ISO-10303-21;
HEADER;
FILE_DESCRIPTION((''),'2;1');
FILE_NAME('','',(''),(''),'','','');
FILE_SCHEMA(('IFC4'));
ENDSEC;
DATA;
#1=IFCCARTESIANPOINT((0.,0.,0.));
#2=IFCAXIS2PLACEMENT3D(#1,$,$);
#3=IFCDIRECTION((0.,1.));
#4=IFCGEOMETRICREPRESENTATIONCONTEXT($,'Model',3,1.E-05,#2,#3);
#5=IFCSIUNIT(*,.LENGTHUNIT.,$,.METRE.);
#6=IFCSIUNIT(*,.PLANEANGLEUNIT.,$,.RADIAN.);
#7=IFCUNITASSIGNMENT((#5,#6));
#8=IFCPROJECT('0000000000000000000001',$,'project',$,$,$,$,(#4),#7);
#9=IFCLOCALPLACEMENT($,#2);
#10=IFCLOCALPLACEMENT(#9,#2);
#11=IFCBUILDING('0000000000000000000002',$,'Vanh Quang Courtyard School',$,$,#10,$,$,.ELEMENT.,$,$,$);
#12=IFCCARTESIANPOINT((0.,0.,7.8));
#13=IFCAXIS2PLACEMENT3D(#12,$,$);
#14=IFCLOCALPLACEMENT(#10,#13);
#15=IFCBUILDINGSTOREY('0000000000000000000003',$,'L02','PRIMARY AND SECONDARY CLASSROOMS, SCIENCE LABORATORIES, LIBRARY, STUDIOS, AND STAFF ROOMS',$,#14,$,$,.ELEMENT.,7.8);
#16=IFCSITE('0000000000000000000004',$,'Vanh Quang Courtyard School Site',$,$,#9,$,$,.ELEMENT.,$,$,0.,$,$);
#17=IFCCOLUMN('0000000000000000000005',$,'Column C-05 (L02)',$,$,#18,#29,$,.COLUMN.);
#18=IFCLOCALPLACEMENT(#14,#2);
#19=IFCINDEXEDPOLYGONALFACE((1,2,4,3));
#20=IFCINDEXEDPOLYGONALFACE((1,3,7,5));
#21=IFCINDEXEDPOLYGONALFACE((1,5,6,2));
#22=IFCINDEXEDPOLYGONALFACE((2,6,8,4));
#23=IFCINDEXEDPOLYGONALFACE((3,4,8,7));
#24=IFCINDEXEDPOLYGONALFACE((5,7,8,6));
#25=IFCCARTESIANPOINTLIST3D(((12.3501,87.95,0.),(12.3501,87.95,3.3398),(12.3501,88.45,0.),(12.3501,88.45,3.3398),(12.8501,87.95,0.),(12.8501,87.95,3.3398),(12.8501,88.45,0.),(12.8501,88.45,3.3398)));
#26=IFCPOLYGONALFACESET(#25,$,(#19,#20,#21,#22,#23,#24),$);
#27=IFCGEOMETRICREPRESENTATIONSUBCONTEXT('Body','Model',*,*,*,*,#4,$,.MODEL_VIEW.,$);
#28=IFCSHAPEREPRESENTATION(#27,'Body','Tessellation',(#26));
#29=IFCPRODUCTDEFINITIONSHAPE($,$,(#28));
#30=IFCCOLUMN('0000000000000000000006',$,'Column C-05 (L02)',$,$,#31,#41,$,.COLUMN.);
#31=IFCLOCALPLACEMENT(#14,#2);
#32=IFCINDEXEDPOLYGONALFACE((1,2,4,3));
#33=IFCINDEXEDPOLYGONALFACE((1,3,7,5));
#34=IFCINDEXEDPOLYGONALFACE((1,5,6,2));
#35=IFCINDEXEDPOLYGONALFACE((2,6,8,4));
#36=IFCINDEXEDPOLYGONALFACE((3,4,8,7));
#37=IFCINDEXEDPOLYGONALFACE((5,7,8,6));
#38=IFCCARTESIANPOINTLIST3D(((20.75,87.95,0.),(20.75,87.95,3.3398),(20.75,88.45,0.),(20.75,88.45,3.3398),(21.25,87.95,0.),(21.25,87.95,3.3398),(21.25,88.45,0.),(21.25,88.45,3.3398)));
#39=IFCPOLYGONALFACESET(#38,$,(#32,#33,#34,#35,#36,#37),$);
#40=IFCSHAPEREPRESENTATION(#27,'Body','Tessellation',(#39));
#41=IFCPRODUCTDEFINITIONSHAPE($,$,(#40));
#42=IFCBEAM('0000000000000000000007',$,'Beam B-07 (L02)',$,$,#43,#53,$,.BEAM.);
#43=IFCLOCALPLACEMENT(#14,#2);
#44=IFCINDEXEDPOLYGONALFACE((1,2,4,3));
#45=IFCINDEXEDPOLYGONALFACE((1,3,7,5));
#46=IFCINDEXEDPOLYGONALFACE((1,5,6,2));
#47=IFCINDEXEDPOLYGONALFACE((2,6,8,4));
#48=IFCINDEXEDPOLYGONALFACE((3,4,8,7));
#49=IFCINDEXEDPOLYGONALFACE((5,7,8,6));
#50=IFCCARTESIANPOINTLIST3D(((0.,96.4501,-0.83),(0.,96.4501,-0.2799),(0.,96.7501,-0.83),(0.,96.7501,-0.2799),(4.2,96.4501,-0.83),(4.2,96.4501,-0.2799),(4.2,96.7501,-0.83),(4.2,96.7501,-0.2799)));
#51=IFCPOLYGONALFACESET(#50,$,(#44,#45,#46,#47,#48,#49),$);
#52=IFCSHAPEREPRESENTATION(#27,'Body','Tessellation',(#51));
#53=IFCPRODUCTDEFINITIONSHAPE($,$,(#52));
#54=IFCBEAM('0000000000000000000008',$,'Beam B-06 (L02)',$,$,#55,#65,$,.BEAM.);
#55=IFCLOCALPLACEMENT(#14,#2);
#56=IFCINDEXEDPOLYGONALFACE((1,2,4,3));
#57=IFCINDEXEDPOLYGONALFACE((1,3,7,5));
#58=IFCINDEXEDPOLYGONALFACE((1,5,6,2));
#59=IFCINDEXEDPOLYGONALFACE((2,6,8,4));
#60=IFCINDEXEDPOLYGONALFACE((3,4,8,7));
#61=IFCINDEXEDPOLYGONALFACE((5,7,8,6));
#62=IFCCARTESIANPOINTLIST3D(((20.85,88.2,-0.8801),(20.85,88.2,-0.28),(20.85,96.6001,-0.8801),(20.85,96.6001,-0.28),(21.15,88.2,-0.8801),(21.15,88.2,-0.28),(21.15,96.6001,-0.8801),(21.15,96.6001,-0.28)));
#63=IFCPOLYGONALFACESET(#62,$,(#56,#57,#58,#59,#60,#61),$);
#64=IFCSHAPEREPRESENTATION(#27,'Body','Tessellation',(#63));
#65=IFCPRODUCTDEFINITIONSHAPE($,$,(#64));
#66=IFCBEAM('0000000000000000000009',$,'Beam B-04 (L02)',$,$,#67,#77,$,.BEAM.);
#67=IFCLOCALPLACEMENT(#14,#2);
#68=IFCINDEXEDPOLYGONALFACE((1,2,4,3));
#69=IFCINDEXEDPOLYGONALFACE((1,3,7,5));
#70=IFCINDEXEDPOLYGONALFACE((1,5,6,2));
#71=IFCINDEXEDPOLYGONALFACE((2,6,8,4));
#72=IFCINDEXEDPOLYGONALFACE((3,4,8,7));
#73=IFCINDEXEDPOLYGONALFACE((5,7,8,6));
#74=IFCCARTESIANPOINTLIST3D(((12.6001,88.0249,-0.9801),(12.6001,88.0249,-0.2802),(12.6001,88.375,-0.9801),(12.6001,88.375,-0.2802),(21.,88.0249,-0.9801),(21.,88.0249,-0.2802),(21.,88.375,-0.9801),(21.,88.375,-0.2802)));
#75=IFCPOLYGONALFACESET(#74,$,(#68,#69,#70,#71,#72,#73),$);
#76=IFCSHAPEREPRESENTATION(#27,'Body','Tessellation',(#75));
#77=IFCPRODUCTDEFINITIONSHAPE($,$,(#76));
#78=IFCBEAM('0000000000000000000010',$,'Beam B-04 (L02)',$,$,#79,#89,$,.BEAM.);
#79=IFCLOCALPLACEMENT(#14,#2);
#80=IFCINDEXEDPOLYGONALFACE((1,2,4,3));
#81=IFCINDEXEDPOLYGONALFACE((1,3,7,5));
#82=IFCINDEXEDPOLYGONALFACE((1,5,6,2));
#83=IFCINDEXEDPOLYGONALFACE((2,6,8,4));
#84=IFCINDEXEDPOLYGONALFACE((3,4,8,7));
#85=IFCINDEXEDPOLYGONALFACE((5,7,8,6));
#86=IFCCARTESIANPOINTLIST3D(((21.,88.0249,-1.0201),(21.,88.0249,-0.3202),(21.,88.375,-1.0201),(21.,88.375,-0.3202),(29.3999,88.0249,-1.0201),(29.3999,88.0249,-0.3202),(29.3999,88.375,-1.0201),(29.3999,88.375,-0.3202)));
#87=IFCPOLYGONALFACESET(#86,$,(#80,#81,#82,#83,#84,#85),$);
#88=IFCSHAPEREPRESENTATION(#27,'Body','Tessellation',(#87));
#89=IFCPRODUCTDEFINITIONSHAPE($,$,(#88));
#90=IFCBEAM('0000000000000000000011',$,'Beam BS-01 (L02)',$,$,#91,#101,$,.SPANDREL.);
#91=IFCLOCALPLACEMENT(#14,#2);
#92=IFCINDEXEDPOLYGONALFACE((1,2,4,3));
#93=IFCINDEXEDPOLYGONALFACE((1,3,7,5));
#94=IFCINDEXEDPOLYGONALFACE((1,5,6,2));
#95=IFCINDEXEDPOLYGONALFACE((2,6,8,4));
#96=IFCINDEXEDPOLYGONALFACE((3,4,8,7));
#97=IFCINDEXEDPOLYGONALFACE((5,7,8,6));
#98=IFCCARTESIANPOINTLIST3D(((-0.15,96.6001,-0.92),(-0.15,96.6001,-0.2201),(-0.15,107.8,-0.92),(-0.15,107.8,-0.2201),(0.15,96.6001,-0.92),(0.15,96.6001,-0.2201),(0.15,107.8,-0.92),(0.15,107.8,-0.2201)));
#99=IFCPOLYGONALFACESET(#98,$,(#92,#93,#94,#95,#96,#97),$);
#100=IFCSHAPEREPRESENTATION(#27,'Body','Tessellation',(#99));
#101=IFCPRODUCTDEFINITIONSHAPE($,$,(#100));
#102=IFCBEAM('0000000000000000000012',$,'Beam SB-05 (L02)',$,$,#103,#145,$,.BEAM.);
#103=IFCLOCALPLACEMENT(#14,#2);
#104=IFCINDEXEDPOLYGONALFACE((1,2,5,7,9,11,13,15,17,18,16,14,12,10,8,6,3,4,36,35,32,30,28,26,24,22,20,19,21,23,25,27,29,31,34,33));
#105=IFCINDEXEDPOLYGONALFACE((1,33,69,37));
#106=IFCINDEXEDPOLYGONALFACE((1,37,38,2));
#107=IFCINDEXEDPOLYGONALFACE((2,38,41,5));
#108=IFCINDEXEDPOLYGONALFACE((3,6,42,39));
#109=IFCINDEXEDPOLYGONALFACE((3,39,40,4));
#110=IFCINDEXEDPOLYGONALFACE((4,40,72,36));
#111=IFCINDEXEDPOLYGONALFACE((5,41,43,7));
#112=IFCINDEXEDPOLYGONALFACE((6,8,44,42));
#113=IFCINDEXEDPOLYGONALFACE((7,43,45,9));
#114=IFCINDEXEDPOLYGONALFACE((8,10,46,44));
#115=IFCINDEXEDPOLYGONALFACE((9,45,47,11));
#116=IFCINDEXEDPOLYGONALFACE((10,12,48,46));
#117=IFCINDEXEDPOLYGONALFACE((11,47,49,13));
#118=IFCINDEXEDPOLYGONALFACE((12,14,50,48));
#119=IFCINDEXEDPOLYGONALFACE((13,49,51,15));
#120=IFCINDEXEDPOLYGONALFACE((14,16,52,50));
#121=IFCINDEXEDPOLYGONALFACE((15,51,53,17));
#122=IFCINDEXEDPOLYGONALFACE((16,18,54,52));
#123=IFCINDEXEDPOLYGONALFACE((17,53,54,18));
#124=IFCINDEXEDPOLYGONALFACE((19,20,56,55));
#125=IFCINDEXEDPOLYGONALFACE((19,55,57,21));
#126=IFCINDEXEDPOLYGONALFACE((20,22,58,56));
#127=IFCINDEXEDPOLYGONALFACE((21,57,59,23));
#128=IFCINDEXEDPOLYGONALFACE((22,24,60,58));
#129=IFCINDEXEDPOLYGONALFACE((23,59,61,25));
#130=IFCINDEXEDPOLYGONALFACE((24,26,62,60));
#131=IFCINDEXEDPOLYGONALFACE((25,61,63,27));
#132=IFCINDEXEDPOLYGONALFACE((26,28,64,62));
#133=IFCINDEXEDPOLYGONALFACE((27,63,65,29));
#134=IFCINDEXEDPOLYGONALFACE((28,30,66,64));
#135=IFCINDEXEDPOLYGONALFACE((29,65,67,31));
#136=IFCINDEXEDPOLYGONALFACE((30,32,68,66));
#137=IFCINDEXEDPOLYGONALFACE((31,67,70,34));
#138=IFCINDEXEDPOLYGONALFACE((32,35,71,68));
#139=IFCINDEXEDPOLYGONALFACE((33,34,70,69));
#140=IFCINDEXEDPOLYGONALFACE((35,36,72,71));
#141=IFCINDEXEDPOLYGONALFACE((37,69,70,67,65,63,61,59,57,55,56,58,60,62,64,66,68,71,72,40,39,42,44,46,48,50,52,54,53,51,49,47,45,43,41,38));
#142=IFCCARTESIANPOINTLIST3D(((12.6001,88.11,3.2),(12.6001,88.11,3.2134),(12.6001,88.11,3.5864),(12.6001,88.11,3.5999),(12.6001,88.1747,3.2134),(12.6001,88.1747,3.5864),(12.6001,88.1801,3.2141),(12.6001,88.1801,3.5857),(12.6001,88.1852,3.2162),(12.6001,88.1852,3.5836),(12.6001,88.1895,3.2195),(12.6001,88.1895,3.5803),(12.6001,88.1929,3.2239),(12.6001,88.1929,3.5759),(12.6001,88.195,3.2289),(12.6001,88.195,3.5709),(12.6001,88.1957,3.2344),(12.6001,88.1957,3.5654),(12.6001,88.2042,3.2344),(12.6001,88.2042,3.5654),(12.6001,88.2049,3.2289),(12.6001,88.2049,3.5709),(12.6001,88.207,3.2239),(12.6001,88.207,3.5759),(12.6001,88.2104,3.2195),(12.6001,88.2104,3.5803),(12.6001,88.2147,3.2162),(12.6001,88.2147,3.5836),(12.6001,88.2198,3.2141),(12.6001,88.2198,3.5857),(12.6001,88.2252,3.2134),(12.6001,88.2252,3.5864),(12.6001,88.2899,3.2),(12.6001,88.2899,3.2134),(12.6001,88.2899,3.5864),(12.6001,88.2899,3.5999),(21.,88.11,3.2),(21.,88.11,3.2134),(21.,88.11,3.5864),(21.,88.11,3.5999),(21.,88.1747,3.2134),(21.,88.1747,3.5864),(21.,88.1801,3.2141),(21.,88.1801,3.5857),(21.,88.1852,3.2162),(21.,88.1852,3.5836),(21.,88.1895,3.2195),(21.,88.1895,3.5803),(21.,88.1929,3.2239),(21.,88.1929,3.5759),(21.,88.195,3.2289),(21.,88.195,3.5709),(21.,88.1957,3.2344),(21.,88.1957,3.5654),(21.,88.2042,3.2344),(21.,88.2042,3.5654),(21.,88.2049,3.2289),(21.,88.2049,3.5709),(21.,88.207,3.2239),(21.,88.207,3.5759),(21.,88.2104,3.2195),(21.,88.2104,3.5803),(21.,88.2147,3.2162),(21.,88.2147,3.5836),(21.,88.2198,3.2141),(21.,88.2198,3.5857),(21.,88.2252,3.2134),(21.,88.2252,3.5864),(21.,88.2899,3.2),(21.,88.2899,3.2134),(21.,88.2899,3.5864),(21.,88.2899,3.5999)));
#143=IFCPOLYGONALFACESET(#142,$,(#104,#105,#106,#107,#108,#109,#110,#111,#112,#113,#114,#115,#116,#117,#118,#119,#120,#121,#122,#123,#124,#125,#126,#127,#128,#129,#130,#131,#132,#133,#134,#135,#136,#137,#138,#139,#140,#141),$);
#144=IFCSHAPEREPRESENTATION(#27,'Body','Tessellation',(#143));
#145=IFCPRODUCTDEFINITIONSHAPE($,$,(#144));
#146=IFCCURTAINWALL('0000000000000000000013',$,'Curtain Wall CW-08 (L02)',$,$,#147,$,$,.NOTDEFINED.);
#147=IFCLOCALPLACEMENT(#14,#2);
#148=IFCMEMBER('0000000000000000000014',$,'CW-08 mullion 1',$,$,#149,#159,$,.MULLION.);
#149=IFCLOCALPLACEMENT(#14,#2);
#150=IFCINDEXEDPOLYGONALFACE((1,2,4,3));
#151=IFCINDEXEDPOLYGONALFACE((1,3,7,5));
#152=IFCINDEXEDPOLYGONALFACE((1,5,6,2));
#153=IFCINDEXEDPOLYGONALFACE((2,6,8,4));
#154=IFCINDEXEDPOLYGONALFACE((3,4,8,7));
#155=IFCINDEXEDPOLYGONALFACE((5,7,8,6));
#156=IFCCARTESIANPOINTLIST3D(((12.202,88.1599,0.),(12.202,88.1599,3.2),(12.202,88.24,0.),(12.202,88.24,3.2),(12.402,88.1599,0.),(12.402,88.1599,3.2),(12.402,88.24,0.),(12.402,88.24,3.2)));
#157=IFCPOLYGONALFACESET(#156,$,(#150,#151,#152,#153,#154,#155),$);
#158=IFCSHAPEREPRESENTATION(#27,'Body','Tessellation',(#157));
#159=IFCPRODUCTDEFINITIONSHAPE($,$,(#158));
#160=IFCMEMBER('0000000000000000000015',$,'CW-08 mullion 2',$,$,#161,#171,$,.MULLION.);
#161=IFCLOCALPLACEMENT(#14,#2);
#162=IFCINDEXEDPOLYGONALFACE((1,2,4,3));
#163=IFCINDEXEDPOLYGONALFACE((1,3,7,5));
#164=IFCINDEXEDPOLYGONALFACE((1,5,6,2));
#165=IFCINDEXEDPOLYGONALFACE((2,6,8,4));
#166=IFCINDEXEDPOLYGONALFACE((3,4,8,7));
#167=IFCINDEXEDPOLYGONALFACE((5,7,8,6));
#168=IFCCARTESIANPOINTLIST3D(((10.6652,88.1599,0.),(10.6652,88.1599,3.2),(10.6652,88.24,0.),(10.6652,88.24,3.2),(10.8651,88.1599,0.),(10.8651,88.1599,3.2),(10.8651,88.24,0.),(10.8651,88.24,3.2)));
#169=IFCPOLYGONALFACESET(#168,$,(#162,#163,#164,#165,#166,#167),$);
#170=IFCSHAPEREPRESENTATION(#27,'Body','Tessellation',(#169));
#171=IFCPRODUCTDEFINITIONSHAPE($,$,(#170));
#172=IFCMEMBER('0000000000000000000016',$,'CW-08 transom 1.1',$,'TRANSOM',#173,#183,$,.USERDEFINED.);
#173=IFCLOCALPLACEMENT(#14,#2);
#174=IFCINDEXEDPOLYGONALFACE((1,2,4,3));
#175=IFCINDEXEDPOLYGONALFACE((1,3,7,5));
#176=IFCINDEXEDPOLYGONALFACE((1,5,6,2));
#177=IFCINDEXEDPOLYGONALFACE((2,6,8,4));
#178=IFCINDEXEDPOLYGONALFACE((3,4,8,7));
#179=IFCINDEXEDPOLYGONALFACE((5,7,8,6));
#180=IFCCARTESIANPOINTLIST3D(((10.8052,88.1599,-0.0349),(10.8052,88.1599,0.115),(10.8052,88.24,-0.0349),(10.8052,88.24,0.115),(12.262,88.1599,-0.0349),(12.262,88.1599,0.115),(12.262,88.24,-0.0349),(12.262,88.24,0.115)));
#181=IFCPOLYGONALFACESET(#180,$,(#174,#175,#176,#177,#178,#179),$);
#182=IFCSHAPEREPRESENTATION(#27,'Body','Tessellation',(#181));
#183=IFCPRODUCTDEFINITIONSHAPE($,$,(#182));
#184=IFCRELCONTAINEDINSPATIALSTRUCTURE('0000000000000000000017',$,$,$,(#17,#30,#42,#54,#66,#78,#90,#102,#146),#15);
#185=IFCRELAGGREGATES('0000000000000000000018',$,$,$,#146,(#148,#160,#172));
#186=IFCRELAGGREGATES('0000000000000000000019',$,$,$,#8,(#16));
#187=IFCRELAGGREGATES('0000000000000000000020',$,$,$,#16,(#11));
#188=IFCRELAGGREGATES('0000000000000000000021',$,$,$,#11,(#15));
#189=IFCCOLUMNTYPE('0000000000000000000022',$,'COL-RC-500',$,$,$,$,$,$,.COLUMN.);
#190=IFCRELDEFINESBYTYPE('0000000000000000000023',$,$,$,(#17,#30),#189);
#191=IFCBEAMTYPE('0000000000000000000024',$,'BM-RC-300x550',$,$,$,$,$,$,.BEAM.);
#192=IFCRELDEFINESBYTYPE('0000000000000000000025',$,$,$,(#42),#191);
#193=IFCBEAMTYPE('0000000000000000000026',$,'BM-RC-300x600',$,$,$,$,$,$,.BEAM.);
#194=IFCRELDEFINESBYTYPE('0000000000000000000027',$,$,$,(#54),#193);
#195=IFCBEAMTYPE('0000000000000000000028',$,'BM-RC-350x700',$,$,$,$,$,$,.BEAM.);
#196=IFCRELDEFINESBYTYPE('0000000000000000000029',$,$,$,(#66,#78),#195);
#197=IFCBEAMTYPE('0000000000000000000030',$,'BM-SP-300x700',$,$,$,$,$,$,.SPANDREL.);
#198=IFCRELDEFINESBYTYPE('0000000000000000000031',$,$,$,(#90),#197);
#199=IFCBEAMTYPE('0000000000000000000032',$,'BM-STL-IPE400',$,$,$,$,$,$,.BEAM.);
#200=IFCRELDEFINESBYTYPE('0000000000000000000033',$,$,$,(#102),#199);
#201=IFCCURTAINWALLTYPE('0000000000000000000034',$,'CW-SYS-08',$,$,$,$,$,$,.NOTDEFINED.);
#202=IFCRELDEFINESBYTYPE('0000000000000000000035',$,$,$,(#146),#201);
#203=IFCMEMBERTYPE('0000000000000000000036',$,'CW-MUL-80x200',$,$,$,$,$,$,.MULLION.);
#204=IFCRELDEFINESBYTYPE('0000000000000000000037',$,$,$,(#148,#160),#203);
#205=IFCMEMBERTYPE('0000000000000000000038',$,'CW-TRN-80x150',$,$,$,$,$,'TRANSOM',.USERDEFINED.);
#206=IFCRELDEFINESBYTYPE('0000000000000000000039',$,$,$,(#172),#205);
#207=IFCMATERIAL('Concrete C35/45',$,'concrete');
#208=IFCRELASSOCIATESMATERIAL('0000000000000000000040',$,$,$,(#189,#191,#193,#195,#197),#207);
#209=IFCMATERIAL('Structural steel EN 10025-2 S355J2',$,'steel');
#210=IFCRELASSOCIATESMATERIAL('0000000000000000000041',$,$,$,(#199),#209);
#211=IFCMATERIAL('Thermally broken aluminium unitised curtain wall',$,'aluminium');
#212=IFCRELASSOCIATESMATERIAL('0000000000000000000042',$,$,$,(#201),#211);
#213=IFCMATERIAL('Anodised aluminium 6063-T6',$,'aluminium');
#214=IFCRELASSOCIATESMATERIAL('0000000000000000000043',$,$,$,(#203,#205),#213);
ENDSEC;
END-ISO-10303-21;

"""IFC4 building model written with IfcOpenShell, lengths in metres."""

from ifc_helpers import new_model, si_unit, direction, frame, origin, origin_2d, place, context, subcontext, project, spatial, rectangle, i_section, extrude, material, material_profile, profile_set, type_object, element, aggregate, save


model = new_model("IFC4")

# Units and contexts
model_context = context("Model", 3, precision=1e-05, world=origin(), true_north=direction((0.0, 1.0)))
body_context = subcontext(model_context, "Body", "Model", "MODEL_VIEW")
ifc_project = project(units=[si_unit("LENGTHUNIT", "METRE"), si_unit("PLANEANGLEUNIT", "RADIAN")], contexts=[model_context])

# Site, building, storey
site_placement = place(None, origin())
site = spatial("IfcSite", under=ifc_project, at=site_placement, Name="Vanh Quang Courtyard School Site", CompositionType="ELEMENT", RefElevation=0.0)
building_placement = place(site_placement, origin())
building = spatial("IfcBuilding", under=site, at=building_placement, Name="Vanh Quang Courtyard School", CompositionType="ELEMENT")
storey_placement = place(building_placement, frame((0.0, 0.0, 7.8)))
storey = spatial("IfcBuildingStorey", under=building, at=storey_placement, Name="L02", Description="PRIMARY AND SECONDARY CLASSROOMS, SCIENCE LABORATORIES, LIBRARY, STUDIOS, AND STAFF ROOMS", CompositionType="ELEMENT", Elevation=7.8)

# Columns
ifc_material_1 = material(Name="Concrete C35/45", Category="concrete")
ifc_material_profile_1 = material_profile(ifc_material_1, rectangle(XDim=0.5, YDim=0.5, at=origin_2d()), Name="RC-COL 500x500")
ifc_profile_set_1 = profile_set([ifc_material_profile_1], Name="Concrete C35/45")
column_type = type_object("IfcColumnType", Name="COL-RC-500", PredefinedType="COLUMN", material=ifc_profile_set_1)
for number, where, z_axis, x_axis, name in (
    (1, (12.6001, 88.2, 0.0), (0.0, 0.0, 1.0), (1.0, 0.0, 0.0), "Column C-05 (L02)"),
    (2, (21.0, 88.2, 0.0), (0.0, 0.0, 1.0), (1.0, 0.0, 0.0), "Column C-05 (L02)"),
):
    element("IfcColumn", number, at=place(storey_placement, frame(where, z_axis=z_axis, x_axis=x_axis)), inside=storey, type_object=column_type, Name=name, PredefinedType="COLUMN", context=body_context, shape_type="SweptSolid", body=[
        extrude(rectangle(XDim=0.5, YDim=0.5, at=origin_2d()), origin(), (0.0, 0.0, 1.0), 3.3398),
    ])

# Beams
ifc_material_profile_2 = material_profile(ifc_material_1, rectangle(XDim=0.3, YDim=0.55, at=origin_2d()), Name="RC-BM 300x550")
ifc_profile_set_2 = profile_set([ifc_material_profile_2], Name="Concrete C35/45")
beam_type_1 = type_object("IfcBeamType", Name="BM-RC-300x550", PredefinedType="BEAM", material=ifc_profile_set_2)
beam_1_placement = place(storey_placement, frame((0.0, 96.6001, -0.5549), z_axis=(1.0, 0.0, 0.0), x_axis=(0.0, 1.0, 0.0)))
element("IfcBeam", 3, at=beam_1_placement, inside=storey, type_object=beam_type_1, Name="Beam B-07 (L02)", PredefinedType="BEAM", context=body_context, shape_type="SweptSolid", body=[
    extrude(rectangle(XDim=0.3, YDim=0.55, at=origin_2d()), origin(), (0.0, 0.0, 1.0), 4.2),
])
ifc_material_profile_3 = material_profile(ifc_material_1, rectangle(XDim=0.3, YDim=0.6001, at=origin_2d()), Name="RC-BM 300x600")
ifc_profile_set_3 = profile_set([ifc_material_profile_3], Name="Concrete C35/45")
beam_type_2 = type_object("IfcBeamType", Name="BM-RC-300x600", PredefinedType="BEAM", material=ifc_profile_set_3)
beam_2_placement = place(storey_placement, frame((21.0, 88.2, -0.5801), z_axis=(0.0, 1.0, 0.0), x_axis=(-1.0, 0.0, 0.0)))
element("IfcBeam", 4, at=beam_2_placement, inside=storey, type_object=beam_type_2, Name="Beam B-06 (L02)", PredefinedType="BEAM", context=body_context, shape_type="SweptSolid", body=[
    extrude(rectangle(XDim=0.3, YDim=0.6001, at=origin_2d()), origin(), (0.0, 0.0, 1.0), 8.4001),
])
ifc_material_profile_4 = material_profile(ifc_material_1, rectangle(XDim=0.3501, YDim=0.7, at=origin_2d()), Name="RC-BM 350x700")
ifc_profile_set_4 = profile_set([ifc_material_profile_4], Name="Concrete C35/45")
beam_type_3 = type_object("IfcBeamType", Name="BM-RC-350x700", PredefinedType="BEAM", material=ifc_profile_set_4)
for number, where, z_axis, x_axis, name in (
    (5, (12.6001, 88.2, -0.6301), (1.0, 0.0, 0.0), (0.0, 1.0, 0.0), "Beam B-04 (L02)"),
    (6, (21.0, 88.2, -0.6702), (1.0, 0.0, 0.0), (0.0, 1.0, 0.0), "Beam B-04 (L02)"),
):
    element("IfcBeam", number, at=place(storey_placement, frame(where, z_axis=z_axis, x_axis=x_axis)), inside=storey, type_object=beam_type_3, Name=name, PredefinedType="BEAM", context=body_context, shape_type="SweptSolid", body=[
        extrude(rectangle(XDim=0.3501, YDim=0.7, at=origin_2d()), origin(), (0.0, 0.0, 1.0), 8.3999),
    ])
ifc_material_profile_5 = material_profile(ifc_material_1, rectangle(XDim=0.3, YDim=0.7, at=origin_2d()), Name="RC-SP 300x700")
ifc_profile_set_5 = profile_set([ifc_material_profile_5], Name="Concrete C35/45")
beam_type_4 = type_object("IfcBeamType", Name="BM-SP-300x700", PredefinedType="SPANDREL", material=ifc_profile_set_5)
beam_3_placement = place(storey_placement, frame((0.0, 96.6001, -0.5701), z_axis=(0.0, 1.0, 0.0), x_axis=(-1.0, 0.0, 0.0)))
element("IfcBeam", 7, at=beam_3_placement, inside=storey, type_object=beam_type_4, Name="Beam BS-01 (L02)", PredefinedType="SPANDREL", context=body_context, shape_type="SweptSolid", body=[
    extrude(rectangle(XDim=0.3, YDim=0.7, at=origin_2d()), origin(), (0.0, 0.0, 1.0), 11.2),
])
ifc_material_2 = material(Name="Structural steel EN 10025-2 S355J2", Category="steel")
ifc_material_profile_6 = material_profile(ifc_material_2, i_section(OverallWidth=0.1799, OverallDepth=0.3999, WebThickness=0.0085, FlangeThickness=0.0134, FilletRadius=0.021, at=origin_2d()), Name="IPE 400")
ifc_profile_set_6 = profile_set([ifc_material_profile_6], Name="Structural steel EN 10025-2 S355J2")
beam_type_5 = type_object("IfcBeamType", Name="BM-STL-IPE400", PredefinedType="BEAM", material=ifc_profile_set_6)
beam_4_placement = place(storey_placement, frame((12.6001, 88.2, 3.3999), z_axis=(1.0, 0.0, 0.0), x_axis=(0.0, 1.0, 0.0)))
element("IfcBeam", 8, at=beam_4_placement, inside=storey, type_object=beam_type_5, Name="Beam SB-05 (L02)", PredefinedType="BEAM", context=body_context, shape_type="SweptSolid", body=[
    extrude(i_section(OverallWidth=0.1799, OverallDepth=0.3999, WebThickness=0.0085, FlangeThickness=0.0134, FilletRadius=0.021, at=origin_2d()), origin(), (0.0, 0.0, 1.0), 8.3999),
])

# Curtain wall, members
ifc_material_3 = material(Name="Thermally broken aluminium unitised curtain wall", Category="aluminium")
curtain_wall_type = type_object("IfcCurtainWallType", Name="CW-SYS-08", PredefinedType="NOTDEFINED", material=ifc_material_3)
curtain_wall_placement = place(storey_placement, origin())
curtain_wall = element("IfcCurtainWall", 9, at=curtain_wall_placement, inside=storey, type_object=curtain_wall_type, Name="Curtain Wall CW-08 (L02)", PredefinedType="NOTDEFINED")
ifc_material_4 = material(Name="Anodised aluminium 6063-T6", Category="aluminium")
ifc_material_profile_7 = material_profile(ifc_material_4, rectangle(XDim=0.0801, YDim=0.2, at=origin_2d()), Name="ALU-MUL 80x200")
ifc_profile_set_7 = profile_set([ifc_material_profile_7], Name="Anodised aluminium 6063-T6")
member_type_1 = type_object("IfcMemberType", Name="CW-MUL-80x200", PredefinedType="MULLION", material=ifc_profile_set_7)
member_1_placement = place(storey_placement, frame((12.302, 88.2, 0.0), z_axis=(0.0, 0.0, 1.0), x_axis=(0.0, -1.0, 0.0)))
member_1 = element("IfcMember", 10, at=member_1_placement, type_object=member_type_1, Name="CW-08 mullion 1", PredefinedType="MULLION", context=body_context, shape_type="SweptSolid", body=[
    extrude(rectangle(XDim=0.0801, YDim=0.2, at=origin_2d()), origin(), (0.0, 0.0, 1.0), 3.2),
])
member_2_placement = place(storey_placement, frame((10.7651, 88.2, 0.0), z_axis=(0.0, 0.0, 1.0), x_axis=(0.0, -1.0, 0.0)))
member_2 = element("IfcMember", 11, at=member_2_placement, type_object=member_type_1, Name="CW-08 mullion 2", PredefinedType="MULLION", context=body_context, shape_type="SweptSolid", body=[
    extrude(rectangle(XDim=0.0801, YDim=0.2, at=origin_2d()), origin(), (0.0, 0.0, 1.0), 3.2),
])
ifc_material_profile_8 = material_profile(ifc_material_4, rectangle(XDim=0.0801, YDim=0.1499, at=origin_2d()), Name="ALU-TRN 80x150")
ifc_profile_set_8 = profile_set([ifc_material_profile_8], Name="Anodised aluminium 6063-T6")
member_type_2 = type_object("IfcMemberType", Name="CW-TRN-80x150", ElementType="TRANSOM", PredefinedType="USERDEFINED", material=ifc_profile_set_8)
member_3_placement = place(storey_placement, frame((12.262, 88.2, 0.04), z_axis=(-1.0, 0.0, 0.0), x_axis=(0.0, -1.0, 0.0)))
member_3 = element("IfcMember", 12, at=member_3_placement, type_object=member_type_2, Name="CW-08 transom 1.1", ObjectType="TRANSOM", PredefinedType="USERDEFINED", context=body_context, shape_type="SweptSolid", body=[
    extrude(rectangle(XDim=0.0801, YDim=0.1499, at=origin_2d()), origin(), (0.0, 0.0, 1.0), 1.4568),
])
aggregate(curtain_wall, [member_1, member_2, member_3])

save(model, "model.ifc")
